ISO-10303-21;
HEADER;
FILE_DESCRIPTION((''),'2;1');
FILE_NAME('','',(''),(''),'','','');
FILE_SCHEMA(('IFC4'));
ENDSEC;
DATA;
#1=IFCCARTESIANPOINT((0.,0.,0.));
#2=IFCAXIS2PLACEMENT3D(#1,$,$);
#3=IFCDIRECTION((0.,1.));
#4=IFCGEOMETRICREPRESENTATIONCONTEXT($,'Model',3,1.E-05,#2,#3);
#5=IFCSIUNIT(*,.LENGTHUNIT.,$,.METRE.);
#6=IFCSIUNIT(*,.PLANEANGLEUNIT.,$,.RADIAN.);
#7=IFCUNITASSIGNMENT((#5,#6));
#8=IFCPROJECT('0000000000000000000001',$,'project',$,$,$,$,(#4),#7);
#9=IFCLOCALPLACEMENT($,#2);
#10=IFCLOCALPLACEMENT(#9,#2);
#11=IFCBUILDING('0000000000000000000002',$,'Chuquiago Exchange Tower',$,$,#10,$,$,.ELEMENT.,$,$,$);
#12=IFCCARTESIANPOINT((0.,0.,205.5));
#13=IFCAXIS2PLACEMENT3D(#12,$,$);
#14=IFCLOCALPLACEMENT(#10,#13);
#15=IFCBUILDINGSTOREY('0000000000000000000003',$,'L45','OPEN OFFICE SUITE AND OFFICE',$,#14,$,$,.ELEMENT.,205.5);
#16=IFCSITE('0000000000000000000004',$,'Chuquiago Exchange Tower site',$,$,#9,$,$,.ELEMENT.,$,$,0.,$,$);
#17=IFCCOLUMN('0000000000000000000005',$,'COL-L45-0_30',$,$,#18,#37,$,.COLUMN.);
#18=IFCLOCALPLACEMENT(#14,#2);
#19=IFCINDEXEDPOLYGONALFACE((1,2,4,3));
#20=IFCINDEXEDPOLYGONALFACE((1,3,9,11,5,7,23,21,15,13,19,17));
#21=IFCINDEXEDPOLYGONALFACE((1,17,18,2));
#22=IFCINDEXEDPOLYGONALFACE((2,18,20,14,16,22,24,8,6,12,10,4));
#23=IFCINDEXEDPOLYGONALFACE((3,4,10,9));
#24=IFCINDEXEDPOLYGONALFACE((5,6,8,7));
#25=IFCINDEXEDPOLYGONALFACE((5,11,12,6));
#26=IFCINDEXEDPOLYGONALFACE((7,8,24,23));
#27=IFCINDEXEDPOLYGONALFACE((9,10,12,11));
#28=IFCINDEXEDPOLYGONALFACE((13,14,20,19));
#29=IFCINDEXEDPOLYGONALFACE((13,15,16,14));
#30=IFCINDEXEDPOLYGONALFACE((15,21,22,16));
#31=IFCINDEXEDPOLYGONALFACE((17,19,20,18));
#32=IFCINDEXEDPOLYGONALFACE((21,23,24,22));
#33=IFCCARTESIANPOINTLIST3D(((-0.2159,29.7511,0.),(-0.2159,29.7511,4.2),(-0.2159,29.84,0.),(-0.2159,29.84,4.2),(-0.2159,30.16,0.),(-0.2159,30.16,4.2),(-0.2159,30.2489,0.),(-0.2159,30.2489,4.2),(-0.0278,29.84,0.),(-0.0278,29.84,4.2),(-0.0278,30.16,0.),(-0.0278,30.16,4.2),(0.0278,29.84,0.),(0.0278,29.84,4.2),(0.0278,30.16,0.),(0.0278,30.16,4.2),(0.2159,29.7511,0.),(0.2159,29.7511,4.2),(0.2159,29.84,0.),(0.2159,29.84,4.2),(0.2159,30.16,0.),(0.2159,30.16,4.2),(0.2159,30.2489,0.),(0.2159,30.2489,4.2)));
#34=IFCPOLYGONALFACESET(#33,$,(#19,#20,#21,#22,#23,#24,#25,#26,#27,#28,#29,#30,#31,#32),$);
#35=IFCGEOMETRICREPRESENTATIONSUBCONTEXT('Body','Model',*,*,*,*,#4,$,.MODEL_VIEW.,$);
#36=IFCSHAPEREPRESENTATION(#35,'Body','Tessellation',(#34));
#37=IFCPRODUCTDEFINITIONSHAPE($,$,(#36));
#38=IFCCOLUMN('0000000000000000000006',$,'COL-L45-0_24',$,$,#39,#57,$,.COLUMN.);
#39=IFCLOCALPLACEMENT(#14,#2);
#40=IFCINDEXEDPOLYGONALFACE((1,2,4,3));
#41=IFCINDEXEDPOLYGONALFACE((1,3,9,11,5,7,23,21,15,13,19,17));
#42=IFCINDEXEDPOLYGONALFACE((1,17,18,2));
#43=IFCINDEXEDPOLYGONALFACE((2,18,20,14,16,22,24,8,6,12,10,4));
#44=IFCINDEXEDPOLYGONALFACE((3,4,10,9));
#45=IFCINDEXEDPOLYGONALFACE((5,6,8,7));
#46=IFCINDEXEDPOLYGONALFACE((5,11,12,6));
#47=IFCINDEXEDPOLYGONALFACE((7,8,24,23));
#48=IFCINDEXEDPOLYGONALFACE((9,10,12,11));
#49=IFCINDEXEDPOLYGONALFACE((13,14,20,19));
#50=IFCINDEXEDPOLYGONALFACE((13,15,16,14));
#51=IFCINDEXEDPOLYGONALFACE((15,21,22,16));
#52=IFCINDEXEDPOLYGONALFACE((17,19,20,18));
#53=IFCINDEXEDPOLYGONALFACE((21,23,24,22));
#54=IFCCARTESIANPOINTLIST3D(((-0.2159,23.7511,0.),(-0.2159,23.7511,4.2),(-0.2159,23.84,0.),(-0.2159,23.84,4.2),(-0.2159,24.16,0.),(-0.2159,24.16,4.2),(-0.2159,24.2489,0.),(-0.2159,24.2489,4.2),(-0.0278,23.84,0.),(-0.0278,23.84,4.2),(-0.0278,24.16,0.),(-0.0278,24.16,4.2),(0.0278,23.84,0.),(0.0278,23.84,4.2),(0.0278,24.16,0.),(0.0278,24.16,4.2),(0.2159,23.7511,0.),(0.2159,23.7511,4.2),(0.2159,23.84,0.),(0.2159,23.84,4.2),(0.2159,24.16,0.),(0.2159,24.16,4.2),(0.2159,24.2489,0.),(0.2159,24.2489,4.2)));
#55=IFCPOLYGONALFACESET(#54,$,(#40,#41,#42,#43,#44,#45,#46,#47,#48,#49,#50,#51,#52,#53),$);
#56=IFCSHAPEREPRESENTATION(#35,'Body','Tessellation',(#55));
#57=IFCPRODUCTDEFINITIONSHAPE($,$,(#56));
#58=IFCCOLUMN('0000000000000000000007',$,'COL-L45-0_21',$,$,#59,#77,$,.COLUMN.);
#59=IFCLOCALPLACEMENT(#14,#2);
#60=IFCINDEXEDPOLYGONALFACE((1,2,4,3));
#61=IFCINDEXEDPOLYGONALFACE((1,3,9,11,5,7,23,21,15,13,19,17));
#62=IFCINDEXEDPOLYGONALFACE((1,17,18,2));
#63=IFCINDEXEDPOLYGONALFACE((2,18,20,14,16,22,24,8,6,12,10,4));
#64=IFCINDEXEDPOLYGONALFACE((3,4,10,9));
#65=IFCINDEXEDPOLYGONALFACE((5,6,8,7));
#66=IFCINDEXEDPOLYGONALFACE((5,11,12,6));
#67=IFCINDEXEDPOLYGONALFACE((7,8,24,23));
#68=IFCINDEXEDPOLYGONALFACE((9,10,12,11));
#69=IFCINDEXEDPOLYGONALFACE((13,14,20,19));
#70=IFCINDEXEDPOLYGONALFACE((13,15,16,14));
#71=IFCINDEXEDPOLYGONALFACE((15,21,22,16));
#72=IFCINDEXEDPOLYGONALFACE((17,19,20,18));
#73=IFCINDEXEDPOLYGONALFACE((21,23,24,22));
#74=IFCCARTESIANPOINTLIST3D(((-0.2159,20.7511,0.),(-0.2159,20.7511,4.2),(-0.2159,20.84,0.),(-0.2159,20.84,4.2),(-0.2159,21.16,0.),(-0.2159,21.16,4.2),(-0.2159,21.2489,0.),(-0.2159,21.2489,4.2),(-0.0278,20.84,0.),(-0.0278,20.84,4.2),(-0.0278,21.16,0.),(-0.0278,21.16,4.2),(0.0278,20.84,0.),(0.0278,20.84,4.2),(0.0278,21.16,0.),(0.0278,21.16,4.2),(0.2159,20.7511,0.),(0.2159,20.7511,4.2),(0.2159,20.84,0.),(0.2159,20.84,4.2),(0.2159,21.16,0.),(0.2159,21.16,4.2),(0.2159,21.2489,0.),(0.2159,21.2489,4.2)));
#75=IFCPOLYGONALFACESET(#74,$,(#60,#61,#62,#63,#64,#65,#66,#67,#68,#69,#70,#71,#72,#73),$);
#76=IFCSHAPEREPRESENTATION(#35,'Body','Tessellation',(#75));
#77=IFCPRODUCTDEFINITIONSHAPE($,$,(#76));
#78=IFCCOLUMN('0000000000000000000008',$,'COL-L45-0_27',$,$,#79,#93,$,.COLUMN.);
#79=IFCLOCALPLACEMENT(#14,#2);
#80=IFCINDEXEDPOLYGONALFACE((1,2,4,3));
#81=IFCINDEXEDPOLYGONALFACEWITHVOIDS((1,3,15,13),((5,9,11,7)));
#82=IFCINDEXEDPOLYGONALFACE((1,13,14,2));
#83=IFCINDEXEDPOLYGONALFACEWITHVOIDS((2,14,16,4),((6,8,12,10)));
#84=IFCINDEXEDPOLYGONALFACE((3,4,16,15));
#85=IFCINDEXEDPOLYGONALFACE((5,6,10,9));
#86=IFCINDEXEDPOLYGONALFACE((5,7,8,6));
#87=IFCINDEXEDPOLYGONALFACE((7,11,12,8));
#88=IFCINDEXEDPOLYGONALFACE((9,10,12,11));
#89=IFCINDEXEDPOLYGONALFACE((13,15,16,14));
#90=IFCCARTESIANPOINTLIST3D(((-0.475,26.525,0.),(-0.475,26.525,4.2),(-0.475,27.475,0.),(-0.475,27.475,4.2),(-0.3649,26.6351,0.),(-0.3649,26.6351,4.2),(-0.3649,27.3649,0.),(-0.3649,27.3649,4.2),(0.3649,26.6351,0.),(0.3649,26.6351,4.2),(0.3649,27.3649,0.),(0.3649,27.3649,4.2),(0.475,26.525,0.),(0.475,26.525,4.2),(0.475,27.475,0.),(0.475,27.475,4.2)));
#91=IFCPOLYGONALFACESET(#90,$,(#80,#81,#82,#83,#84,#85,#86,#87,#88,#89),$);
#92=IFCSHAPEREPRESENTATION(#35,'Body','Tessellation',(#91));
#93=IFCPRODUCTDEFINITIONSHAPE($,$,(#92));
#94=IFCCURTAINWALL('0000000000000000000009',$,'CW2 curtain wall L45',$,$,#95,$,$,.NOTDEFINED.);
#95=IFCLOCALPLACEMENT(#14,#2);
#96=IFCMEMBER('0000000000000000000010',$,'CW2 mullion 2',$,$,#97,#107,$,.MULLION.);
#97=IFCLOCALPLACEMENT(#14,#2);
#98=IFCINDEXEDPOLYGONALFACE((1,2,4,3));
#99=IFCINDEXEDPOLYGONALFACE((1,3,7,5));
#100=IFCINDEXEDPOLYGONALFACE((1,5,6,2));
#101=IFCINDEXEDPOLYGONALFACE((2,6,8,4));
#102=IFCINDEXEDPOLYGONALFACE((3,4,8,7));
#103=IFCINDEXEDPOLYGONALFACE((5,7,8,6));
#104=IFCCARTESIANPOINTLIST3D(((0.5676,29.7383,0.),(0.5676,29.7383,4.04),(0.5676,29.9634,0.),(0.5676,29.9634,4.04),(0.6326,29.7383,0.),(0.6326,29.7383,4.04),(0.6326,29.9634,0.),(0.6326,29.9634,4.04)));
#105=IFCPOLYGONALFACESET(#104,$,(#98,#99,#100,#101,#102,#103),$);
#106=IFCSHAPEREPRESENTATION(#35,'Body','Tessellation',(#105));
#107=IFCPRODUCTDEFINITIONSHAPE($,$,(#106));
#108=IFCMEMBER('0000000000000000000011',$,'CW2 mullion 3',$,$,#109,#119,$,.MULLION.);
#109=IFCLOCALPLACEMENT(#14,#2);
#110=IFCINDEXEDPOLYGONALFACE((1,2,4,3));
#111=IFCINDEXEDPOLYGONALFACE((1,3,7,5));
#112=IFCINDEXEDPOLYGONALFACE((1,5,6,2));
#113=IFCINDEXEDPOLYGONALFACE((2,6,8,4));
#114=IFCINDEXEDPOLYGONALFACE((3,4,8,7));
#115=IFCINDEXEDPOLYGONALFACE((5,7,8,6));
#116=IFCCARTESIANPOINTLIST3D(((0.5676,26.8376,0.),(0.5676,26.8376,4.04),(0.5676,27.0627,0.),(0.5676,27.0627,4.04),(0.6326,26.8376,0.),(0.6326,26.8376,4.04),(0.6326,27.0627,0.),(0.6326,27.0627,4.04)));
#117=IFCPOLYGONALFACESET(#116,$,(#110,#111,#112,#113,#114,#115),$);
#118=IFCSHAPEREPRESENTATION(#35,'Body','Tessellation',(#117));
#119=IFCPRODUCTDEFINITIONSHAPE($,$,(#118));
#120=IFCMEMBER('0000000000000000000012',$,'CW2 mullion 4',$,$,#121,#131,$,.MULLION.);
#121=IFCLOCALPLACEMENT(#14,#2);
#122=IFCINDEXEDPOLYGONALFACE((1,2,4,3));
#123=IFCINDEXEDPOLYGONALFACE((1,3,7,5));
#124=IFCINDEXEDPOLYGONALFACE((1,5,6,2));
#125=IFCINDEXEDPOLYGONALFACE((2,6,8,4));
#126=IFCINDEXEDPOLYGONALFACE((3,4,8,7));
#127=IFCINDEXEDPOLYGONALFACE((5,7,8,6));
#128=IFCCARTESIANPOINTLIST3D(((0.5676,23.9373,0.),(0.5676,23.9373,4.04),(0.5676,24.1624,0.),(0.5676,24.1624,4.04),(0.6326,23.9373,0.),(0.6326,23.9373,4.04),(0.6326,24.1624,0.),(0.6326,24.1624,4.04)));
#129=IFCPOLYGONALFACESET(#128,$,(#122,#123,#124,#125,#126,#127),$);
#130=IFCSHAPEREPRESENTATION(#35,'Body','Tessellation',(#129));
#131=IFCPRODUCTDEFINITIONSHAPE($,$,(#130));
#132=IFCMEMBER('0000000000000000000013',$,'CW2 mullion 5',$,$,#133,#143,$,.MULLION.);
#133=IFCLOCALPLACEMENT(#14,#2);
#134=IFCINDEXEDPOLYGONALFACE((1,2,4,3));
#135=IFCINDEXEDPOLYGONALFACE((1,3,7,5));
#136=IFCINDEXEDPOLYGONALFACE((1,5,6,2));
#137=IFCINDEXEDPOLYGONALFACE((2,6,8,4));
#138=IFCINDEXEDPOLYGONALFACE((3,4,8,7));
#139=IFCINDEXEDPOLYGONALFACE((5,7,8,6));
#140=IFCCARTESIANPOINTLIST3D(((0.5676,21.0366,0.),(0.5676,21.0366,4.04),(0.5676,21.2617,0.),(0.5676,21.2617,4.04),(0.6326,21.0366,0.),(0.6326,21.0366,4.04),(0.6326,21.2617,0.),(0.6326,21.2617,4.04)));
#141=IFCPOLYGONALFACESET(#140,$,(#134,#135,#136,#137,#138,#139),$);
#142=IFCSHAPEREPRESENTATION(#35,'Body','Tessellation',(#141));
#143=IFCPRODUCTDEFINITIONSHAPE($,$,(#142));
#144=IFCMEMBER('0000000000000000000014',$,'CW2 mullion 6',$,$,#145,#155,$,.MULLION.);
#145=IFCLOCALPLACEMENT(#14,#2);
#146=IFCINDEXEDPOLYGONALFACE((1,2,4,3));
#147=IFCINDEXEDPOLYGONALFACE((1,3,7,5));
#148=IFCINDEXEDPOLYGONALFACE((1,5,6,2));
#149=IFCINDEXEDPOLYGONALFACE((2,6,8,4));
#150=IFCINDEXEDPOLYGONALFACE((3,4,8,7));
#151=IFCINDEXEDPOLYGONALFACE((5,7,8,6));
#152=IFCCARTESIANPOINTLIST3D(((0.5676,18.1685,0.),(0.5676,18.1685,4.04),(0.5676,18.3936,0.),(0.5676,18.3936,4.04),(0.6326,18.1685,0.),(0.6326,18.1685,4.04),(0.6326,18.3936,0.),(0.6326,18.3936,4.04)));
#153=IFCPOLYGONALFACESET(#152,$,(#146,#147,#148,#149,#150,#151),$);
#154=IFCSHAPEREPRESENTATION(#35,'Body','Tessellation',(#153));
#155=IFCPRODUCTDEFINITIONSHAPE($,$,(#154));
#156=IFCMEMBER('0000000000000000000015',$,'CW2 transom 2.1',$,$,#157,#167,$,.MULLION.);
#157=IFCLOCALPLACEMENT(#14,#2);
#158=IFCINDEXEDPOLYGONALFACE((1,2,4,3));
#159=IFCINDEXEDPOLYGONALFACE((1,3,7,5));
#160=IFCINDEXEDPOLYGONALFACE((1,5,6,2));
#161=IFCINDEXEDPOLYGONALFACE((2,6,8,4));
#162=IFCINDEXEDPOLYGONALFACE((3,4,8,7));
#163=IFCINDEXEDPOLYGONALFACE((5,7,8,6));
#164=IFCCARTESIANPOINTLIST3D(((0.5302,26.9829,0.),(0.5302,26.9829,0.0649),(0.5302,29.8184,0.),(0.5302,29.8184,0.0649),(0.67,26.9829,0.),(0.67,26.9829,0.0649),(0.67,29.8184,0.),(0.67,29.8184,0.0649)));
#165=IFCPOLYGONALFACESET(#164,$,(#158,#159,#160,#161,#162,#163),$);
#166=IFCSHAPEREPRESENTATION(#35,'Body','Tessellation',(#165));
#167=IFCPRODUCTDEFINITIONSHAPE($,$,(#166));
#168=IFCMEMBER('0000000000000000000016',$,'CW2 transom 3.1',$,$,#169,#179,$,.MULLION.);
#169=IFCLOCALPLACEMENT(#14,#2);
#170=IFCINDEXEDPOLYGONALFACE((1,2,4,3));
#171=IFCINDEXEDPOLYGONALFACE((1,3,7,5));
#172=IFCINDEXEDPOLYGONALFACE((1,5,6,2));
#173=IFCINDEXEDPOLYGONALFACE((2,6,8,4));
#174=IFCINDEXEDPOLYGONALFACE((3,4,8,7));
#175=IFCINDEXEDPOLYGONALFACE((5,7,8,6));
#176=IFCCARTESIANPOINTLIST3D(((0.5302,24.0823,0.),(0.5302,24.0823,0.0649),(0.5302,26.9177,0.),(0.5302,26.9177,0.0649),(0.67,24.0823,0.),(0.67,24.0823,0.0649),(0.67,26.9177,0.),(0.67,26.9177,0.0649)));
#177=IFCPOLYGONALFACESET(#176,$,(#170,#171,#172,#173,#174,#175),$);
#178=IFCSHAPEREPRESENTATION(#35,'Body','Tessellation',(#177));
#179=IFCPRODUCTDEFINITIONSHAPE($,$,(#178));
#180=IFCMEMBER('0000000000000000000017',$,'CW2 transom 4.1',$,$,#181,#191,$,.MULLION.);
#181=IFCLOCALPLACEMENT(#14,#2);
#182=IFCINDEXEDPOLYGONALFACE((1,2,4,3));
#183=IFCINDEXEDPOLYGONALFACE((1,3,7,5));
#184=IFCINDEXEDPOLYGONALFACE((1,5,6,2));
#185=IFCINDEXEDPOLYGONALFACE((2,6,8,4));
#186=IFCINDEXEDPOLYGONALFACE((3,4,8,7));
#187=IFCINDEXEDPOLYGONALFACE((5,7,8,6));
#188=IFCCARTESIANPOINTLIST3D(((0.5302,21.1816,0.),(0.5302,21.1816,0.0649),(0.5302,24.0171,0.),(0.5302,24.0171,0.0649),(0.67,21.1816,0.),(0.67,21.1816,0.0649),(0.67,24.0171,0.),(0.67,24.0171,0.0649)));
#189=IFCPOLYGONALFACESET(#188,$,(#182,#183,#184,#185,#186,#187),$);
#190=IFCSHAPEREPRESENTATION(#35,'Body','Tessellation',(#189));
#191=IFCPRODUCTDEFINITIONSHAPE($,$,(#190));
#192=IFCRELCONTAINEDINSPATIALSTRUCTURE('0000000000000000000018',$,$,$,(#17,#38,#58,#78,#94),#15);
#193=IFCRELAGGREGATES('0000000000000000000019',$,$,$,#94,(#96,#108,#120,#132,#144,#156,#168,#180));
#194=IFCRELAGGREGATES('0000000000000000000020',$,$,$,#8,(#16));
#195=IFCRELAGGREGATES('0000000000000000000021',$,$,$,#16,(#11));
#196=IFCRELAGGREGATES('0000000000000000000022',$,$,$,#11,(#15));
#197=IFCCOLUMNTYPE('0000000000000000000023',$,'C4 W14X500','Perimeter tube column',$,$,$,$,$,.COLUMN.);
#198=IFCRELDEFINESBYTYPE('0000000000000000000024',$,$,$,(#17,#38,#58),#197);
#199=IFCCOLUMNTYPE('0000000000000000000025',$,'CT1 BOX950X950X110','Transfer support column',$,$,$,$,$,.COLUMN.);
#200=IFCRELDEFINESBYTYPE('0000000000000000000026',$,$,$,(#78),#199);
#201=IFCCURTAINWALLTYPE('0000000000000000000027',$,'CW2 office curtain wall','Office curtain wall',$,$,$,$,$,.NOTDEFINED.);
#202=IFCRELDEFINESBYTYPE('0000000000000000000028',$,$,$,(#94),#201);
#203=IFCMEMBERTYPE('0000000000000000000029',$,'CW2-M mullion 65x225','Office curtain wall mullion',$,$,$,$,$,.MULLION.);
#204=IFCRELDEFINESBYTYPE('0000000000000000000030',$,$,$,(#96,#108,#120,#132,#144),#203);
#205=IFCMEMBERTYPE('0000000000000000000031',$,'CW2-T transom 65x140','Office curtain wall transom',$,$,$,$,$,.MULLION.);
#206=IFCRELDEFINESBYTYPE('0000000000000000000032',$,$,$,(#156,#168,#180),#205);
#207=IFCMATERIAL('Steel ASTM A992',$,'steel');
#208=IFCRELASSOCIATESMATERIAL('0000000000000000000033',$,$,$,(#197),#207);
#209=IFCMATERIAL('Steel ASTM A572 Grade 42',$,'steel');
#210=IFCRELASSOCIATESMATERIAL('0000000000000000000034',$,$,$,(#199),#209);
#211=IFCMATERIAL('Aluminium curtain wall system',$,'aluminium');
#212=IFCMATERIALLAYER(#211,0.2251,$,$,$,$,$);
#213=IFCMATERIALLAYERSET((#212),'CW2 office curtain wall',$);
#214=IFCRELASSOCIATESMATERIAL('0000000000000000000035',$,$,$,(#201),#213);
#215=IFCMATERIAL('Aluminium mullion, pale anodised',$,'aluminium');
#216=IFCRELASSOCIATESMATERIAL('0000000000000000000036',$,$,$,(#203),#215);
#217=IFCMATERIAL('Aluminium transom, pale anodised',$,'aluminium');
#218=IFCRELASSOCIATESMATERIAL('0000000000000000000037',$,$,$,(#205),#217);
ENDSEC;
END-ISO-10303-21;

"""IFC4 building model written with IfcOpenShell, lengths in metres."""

from ifc_helpers import new_model, si_unit, direction, frame, origin, origin_2d, place, context, subcontext, project, spatial, rectangle, hollow_rectangle, i_section, extrude, material, layer, layer_set, material_profile, profile_set, type_object, element, aggregate, save


model = new_model("IFC4")

# Units and contexts
model_context = context("Model", 3, precision=1e-05, world=origin(), true_north=direction((0.0, 1.0)))
body_context = subcontext(model_context, "Body", "Model", "MODEL_VIEW")
ifc_project = project(units=[si_unit("LENGTHUNIT", "METRE"), si_unit("PLANEANGLEUNIT", "RADIAN")], contexts=[model_context])

# Site, building, storey
site_placement = place(None, origin())
site = spatial("IfcSite", under=ifc_project, at=site_placement, Name="Chuquiago Exchange Tower site", CompositionType="ELEMENT", RefElevation=0.0)
building_placement = place(site_placement, origin())
building = spatial("IfcBuilding", under=site, at=building_placement, Name="Chuquiago Exchange Tower", CompositionType="ELEMENT")
storey_placement = place(building_placement, frame((0.0, 0.0, 205.5)))
storey = spatial("IfcBuildingStorey", under=building, at=storey_placement, Name="L45", Description="OPEN OFFICE SUITE AND OFFICE", CompositionType="ELEMENT", Elevation=205.5)

# Columns
ifc_material_1 = material(Name="Steel ASTM A992", Category="steel")
ifc_material_profile_1 = material_profile(ifc_material_1, i_section(OverallWidth=0.4319, OverallDepth=0.4978, WebThickness=0.0557, FlangeThickness=0.0889, at=origin_2d()), Name="W14X500")
ifc_profile_set_1 = profile_set([ifc_material_profile_1], Name="Steel ASTM A992")
column_type_1 = type_object("IfcColumnType", Name="C4 W14X500", Description="Perimeter tube column", PredefinedType="COLUMN", material=ifc_profile_set_1)
for number, where, z_axis, x_axis, name in (
    (1, (0.0, 30.0, 0.0), (0.0, 0.0, 1.0), (-1.0, 0.0, 0.0), "COL-L45-0_30"),
    (2, (0.0, 24.0, 0.0), (0.0, 0.0, 1.0), (-1.0, 0.0, 0.0), "COL-L45-0_24"),
    (3, (0.0, 21.0, 0.0), (0.0, 0.0, 1.0), (-1.0, 0.0, 0.0), "COL-L45-0_21"),
):
    element("IfcColumn", number, at=place(storey_placement, frame(where, z_axis=z_axis, x_axis=x_axis)), inside=storey, type_object=column_type_1, Name=name, PredefinedType="COLUMN", context=body_context, shape_type="SweptSolid", body=[
        extrude(i_section(OverallWidth=0.4319, OverallDepth=0.4978, WebThickness=0.0557, FlangeThickness=0.0889, at=origin_2d()), origin(), (0.0, 0.0, 1.0), 4.2),
    ])
ifc_material_2 = material(Name="Steel ASTM A572 Grade 42", Category="steel")
ifc_material_profile_2 = material_profile(ifc_material_2, hollow_rectangle(XDim=0.95, YDim=0.95, WallThickness=0.1101, at=origin_2d()), Name="BOX950X950X110")
ifc_profile_set_2 = profile_set([ifc_material_profile_2], Name="Steel ASTM A572 Grade 42")
column_type_2 = type_object("IfcColumnType", Name="CT1 BOX950X950X110", Description="Transfer support column", PredefinedType="COLUMN", material=ifc_profile_set_2)
column_placement = place(storey_placement, frame((0.0, 27.0, 0.0), z_axis=(0.0, 0.0, 1.0), x_axis=(-1.0, 0.0, 0.0)))
element("IfcColumn", 4, at=column_placement, inside=storey, type_object=column_type_2, Name="COL-L45-0_27", PredefinedType="COLUMN", context=body_context, shape_type="SweptSolid", body=[
    extrude(hollow_rectangle(XDim=0.95, YDim=0.95, WallThickness=0.1101, at=origin_2d()), origin(), (0.0, 0.0, 1.0), 4.2),
])

# Curtain wall, members
ifc_material_3 = material(Name="Aluminium curtain wall system", Category="aluminium")
ifc_layer_1 = layer(ifc_material_3, 0.2251)
ifc_layer_set_1 = layer_set([ifc_layer_1], Name="CW2 office curtain wall")
curtain_wall_type = type_object("IfcCurtainWallType", Name="CW2 office curtain wall", Description="Office curtain wall", PredefinedType="NOTDEFINED", material=ifc_layer_set_1)
curtain_wall_placement = place(storey_placement, origin())
curtain_wall = element("IfcCurtainWall", 5, at=curtain_wall_placement, inside=storey, type_object=curtain_wall_type, Name="CW2 curtain wall L45", PredefinedType="NOTDEFINED")
ifc_material_4 = material(Name="Aluminium mullion, pale anodised", Category="aluminium")
ifc_material_profile_3 = material_profile(ifc_material_4, rectangle(XDim=0.0649, YDim=0.2251, at=origin_2d()), Name="AL 65x225")
ifc_profile_set_3 = profile_set([ifc_material_profile_3], Name="Aluminium mullion, pale anodised")
member_type_1 = type_object("IfcMemberType", Name="CW2-M mullion 65x225", Description="Office curtain wall mullion", PredefinedType="MULLION", material=ifc_profile_set_3)
member_1_placement = place(storey_placement, frame((0.6001, 29.8508, 0.0), z_axis=(0.0, 0.0, 1.0), x_axis=(1.0, 0.0, 0.0)))
member_1 = element("IfcMember", 6, at=member_1_placement, type_object=member_type_1, Name="CW2 mullion 2", PredefinedType="MULLION", context=body_context, shape_type="SweptSolid", body=[
    extrude(rectangle(XDim=0.0649, YDim=0.2251, at=origin_2d()), origin(), (0.0, 0.0, 1.0), 4.04),
])
member_2_placement = place(storey_placement, frame((0.6001, 26.9502, 0.0), z_axis=(0.0, 0.0, 1.0), x_axis=(1.0, 0.0, 0.0)))
member_2 = element("IfcMember", 7, at=member_2_placement, type_object=member_type_1, Name="CW2 mullion 3", PredefinedType="MULLION", context=body_context, shape_type="SweptSolid", body=[
    extrude(rectangle(XDim=0.0649, YDim=0.2251, at=origin_2d()), origin(), (0.0, 0.0, 1.0), 4.04),
])
member_3_placement = place(storey_placement, frame((0.6001, 24.0498, 0.0), z_axis=(0.0, 0.0, 1.0), x_axis=(1.0, 0.0, 0.0)))
member_3 = element("IfcMember", 8, at=member_3_placement, type_object=member_type_1, Name="CW2 mullion 4", PredefinedType="MULLION", context=body_context, shape_type="SweptSolid", body=[
    extrude(rectangle(XDim=0.0649, YDim=0.2251, at=origin_2d()), origin(), (0.0, 0.0, 1.0), 4.04),
])
member_4_placement = place(storey_placement, frame((0.6001, 21.1492, 0.0), z_axis=(0.0, 0.0, 1.0), x_axis=(1.0, 0.0, 0.0)))
member_4 = element("IfcMember", 9, at=member_4_placement, type_object=member_type_1, Name="CW2 mullion 5", PredefinedType="MULLION", context=body_context, shape_type="SweptSolid", body=[
    extrude(rectangle(XDim=0.0649, YDim=0.2251, at=origin_2d()), origin(), (0.0, 0.0, 1.0), 4.04),
])
member_5_placement = place(storey_placement, frame((0.6001, 18.281, 0.0), z_axis=(0.0, 0.0, 1.0), x_axis=(1.0, 0.0, 0.0)))
member_5 = element("IfcMember", 10, at=member_5_placement, type_object=member_type_1, Name="CW2 mullion 6", PredefinedType="MULLION", context=body_context, shape_type="SweptSolid", body=[
    extrude(rectangle(XDim=0.0649, YDim=0.2251, at=origin_2d()), origin(), (0.0, 0.0, 1.0), 4.04),
])
ifc_material_5 = material(Name="Aluminium transom, pale anodised", Category="aluminium")
ifc_material_profile_4 = material_profile(ifc_material_5, rectangle(XDim=0.1399, YDim=0.0649, at=origin_2d()), Name="AL 140x65")
ifc_profile_set_4 = profile_set([ifc_material_profile_4], Name="Aluminium transom, pale anodised")
member_type_2 = type_object("IfcMemberType", Name="CW2-T transom 65x140", Description="Office curtain wall transom", PredefinedType="MULLION", material=ifc_profile_set_4)
member_6_placement = place(storey_placement, frame((0.6001, 29.8184, 0.0325), z_axis=(0.0, -1.0, 0.0), x_axis=(1.0, 0.0, 0.0)))
member_6 = element("IfcMember", 11, at=member_6_placement, type_object=member_type_2, Name="CW2 transom 2.1", PredefinedType="MULLION", context=body_context, shape_type="SweptSolid", body=[
    extrude(rectangle(XDim=0.1399, YDim=0.0649, at=origin_2d()), origin(), (0.0, 0.0, 1.0), 2.8354),
])
member_7_placement = place(storey_placement, frame((0.6001, 26.9177, 0.0325), z_axis=(0.0, -1.0, 0.0), x_axis=(1.0, 0.0, 0.0)))
member_7 = element("IfcMember", 12, at=member_7_placement, type_object=member_type_2, Name="CW2 transom 3.1", PredefinedType="MULLION", context=body_context, shape_type="SweptSolid", body=[
    extrude(rectangle(XDim=0.1399, YDim=0.0649, at=origin_2d()), origin(), (0.0, 0.0, 1.0), 2.8354),
])
member_8_placement = place(storey_placement, frame((0.6001, 24.0171, 0.0325), z_axis=(0.0, -1.0, 0.0), x_axis=(1.0, 0.0, 0.0)))
member_8 = element("IfcMember", 13, at=member_8_placement, type_object=member_type_2, Name="CW2 transom 4.1", PredefinedType="MULLION", context=body_context, shape_type="SweptSolid", body=[
    extrude(rectangle(XDim=0.1399, YDim=0.0649, at=origin_2d()), origin(), (0.0, 0.0, 1.0), 2.8354),
])

aggregate(curtain_wall, [member_1, member_2, member_3, member_4, member_5, member_6, member_7, member_8])

save(model, "model.ifc")
